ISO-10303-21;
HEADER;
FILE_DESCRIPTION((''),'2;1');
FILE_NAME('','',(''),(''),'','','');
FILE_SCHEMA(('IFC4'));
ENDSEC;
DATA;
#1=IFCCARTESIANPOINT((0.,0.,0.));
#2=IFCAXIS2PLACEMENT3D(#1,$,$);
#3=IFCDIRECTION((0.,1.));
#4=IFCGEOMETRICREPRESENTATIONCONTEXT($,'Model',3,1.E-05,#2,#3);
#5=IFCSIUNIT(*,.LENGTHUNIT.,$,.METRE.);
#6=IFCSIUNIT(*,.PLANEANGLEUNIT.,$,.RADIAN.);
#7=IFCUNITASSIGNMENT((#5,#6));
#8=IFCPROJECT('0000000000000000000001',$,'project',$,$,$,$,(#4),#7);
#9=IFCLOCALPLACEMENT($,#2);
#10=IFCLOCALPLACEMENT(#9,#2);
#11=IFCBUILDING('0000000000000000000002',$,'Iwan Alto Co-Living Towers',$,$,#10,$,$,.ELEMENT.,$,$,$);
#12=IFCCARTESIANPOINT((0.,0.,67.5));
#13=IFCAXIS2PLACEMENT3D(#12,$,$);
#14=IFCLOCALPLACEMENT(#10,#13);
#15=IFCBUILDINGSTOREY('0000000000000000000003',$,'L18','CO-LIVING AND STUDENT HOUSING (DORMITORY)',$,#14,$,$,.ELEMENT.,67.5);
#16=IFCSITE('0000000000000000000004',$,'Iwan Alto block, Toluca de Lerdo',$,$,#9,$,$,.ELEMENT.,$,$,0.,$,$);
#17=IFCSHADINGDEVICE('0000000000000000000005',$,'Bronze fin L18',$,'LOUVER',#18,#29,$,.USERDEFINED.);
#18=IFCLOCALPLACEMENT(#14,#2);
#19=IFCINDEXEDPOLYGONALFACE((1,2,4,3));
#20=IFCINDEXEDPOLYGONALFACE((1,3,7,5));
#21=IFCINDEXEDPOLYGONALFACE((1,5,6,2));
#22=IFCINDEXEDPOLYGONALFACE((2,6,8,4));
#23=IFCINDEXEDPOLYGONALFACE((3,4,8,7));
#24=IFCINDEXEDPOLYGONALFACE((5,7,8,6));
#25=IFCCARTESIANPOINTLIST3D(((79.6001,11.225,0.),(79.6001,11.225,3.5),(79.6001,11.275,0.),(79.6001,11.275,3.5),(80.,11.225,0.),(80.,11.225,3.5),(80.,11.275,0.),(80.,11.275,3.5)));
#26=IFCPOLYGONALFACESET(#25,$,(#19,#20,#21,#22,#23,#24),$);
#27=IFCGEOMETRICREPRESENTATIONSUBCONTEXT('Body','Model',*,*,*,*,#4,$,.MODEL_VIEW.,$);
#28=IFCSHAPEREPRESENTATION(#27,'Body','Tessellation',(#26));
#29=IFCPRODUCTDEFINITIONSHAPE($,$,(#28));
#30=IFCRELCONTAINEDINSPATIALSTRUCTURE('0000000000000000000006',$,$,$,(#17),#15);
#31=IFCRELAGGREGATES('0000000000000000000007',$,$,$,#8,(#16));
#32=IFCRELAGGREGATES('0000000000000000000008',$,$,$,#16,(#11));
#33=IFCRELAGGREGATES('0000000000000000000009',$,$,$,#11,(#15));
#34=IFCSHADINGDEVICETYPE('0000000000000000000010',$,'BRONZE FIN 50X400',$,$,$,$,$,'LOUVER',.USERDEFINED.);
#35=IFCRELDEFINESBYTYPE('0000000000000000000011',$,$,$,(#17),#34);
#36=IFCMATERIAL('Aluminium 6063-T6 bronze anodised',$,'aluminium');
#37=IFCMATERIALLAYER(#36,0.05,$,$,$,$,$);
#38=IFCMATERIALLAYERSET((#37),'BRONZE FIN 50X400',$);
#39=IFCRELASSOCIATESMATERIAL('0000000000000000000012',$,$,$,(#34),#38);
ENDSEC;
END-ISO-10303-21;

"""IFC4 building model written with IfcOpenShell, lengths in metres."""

from ifc_helpers import new_model, si_unit, direction, frame, origin, origin_2d, place, context, subcontext, project, spatial, rectangle, extrude, material, layer, layer_set, type_object, element, save


model = new_model("IFC4")

# Units and contexts
model_context = context("Model", 3, precision=1e-05, world=origin(), true_north=direction((0.0, 1.0)))
body_context = subcontext(model_context, "Body", "Model", "MODEL_VIEW")
ifc_project = project(units=[si_unit("LENGTHUNIT", "METRE"), si_unit("PLANEANGLEUNIT", "RADIAN")], contexts=[model_context])

# Site, building, storey
site_placement = place(None, origin())
site = spatial("IfcSite", under=ifc_project, at=site_placement, Name="Iwan Alto block, Toluca de Lerdo", CompositionType="ELEMENT", RefElevation=0.0)
building_placement = place(site_placement, origin())
building = spatial("IfcBuilding", under=site, at=building_placement, Name="Iwan Alto Co-Living Towers", CompositionType="ELEMENT")
storey_placement = place(building_placement, frame((0.0, 0.0, 67.5)))
storey = spatial("IfcBuildingStorey", under=building, at=storey_placement, Name="L18", Description="CO-LIVING AND STUDENT HOUSING (DORMITORY)", CompositionType="ELEMENT", Elevation=67.5)

# Shading device
ifc_material_1 = material(Name="Aluminium 6063-T6 bronze anodised", Category="aluminium")
ifc_layer_1 = layer(ifc_material_1, 0.05)
ifc_layer_set_1 = layer_set([ifc_layer_1], Name="BRONZE FIN 50X400")
shading_device_type = type_object("IfcShadingDeviceType", Name="BRONZE FIN 50X400", ElementType="LOUVER", PredefinedType="USERDEFINED", material=ifc_layer_set_1)
for number, where, z_axis, x_axis, name in (
    (1, (79.8, 11.25, 0.0), (0.0, 0.0, 1.0), (0.0, 1.0, 0.0), "Bronze fin L18"),
):
    element("IfcShadingDevice", number, at=place(storey_placement, frame(where, z_axis=z_axis, x_axis=x_axis)), inside=storey, type_object=shading_device_type, Name=name, ObjectType="LOUVER", PredefinedType="USERDEFINED", context=body_context, shape_type="SweptSolid", body=[
        extrude(rectangle(XDim=0.05, YDim=0.3999, at=origin_2d()), origin(), (0.0, 0.0, 1.0), 3.5),
    ])

save(model, "model.ifc")
